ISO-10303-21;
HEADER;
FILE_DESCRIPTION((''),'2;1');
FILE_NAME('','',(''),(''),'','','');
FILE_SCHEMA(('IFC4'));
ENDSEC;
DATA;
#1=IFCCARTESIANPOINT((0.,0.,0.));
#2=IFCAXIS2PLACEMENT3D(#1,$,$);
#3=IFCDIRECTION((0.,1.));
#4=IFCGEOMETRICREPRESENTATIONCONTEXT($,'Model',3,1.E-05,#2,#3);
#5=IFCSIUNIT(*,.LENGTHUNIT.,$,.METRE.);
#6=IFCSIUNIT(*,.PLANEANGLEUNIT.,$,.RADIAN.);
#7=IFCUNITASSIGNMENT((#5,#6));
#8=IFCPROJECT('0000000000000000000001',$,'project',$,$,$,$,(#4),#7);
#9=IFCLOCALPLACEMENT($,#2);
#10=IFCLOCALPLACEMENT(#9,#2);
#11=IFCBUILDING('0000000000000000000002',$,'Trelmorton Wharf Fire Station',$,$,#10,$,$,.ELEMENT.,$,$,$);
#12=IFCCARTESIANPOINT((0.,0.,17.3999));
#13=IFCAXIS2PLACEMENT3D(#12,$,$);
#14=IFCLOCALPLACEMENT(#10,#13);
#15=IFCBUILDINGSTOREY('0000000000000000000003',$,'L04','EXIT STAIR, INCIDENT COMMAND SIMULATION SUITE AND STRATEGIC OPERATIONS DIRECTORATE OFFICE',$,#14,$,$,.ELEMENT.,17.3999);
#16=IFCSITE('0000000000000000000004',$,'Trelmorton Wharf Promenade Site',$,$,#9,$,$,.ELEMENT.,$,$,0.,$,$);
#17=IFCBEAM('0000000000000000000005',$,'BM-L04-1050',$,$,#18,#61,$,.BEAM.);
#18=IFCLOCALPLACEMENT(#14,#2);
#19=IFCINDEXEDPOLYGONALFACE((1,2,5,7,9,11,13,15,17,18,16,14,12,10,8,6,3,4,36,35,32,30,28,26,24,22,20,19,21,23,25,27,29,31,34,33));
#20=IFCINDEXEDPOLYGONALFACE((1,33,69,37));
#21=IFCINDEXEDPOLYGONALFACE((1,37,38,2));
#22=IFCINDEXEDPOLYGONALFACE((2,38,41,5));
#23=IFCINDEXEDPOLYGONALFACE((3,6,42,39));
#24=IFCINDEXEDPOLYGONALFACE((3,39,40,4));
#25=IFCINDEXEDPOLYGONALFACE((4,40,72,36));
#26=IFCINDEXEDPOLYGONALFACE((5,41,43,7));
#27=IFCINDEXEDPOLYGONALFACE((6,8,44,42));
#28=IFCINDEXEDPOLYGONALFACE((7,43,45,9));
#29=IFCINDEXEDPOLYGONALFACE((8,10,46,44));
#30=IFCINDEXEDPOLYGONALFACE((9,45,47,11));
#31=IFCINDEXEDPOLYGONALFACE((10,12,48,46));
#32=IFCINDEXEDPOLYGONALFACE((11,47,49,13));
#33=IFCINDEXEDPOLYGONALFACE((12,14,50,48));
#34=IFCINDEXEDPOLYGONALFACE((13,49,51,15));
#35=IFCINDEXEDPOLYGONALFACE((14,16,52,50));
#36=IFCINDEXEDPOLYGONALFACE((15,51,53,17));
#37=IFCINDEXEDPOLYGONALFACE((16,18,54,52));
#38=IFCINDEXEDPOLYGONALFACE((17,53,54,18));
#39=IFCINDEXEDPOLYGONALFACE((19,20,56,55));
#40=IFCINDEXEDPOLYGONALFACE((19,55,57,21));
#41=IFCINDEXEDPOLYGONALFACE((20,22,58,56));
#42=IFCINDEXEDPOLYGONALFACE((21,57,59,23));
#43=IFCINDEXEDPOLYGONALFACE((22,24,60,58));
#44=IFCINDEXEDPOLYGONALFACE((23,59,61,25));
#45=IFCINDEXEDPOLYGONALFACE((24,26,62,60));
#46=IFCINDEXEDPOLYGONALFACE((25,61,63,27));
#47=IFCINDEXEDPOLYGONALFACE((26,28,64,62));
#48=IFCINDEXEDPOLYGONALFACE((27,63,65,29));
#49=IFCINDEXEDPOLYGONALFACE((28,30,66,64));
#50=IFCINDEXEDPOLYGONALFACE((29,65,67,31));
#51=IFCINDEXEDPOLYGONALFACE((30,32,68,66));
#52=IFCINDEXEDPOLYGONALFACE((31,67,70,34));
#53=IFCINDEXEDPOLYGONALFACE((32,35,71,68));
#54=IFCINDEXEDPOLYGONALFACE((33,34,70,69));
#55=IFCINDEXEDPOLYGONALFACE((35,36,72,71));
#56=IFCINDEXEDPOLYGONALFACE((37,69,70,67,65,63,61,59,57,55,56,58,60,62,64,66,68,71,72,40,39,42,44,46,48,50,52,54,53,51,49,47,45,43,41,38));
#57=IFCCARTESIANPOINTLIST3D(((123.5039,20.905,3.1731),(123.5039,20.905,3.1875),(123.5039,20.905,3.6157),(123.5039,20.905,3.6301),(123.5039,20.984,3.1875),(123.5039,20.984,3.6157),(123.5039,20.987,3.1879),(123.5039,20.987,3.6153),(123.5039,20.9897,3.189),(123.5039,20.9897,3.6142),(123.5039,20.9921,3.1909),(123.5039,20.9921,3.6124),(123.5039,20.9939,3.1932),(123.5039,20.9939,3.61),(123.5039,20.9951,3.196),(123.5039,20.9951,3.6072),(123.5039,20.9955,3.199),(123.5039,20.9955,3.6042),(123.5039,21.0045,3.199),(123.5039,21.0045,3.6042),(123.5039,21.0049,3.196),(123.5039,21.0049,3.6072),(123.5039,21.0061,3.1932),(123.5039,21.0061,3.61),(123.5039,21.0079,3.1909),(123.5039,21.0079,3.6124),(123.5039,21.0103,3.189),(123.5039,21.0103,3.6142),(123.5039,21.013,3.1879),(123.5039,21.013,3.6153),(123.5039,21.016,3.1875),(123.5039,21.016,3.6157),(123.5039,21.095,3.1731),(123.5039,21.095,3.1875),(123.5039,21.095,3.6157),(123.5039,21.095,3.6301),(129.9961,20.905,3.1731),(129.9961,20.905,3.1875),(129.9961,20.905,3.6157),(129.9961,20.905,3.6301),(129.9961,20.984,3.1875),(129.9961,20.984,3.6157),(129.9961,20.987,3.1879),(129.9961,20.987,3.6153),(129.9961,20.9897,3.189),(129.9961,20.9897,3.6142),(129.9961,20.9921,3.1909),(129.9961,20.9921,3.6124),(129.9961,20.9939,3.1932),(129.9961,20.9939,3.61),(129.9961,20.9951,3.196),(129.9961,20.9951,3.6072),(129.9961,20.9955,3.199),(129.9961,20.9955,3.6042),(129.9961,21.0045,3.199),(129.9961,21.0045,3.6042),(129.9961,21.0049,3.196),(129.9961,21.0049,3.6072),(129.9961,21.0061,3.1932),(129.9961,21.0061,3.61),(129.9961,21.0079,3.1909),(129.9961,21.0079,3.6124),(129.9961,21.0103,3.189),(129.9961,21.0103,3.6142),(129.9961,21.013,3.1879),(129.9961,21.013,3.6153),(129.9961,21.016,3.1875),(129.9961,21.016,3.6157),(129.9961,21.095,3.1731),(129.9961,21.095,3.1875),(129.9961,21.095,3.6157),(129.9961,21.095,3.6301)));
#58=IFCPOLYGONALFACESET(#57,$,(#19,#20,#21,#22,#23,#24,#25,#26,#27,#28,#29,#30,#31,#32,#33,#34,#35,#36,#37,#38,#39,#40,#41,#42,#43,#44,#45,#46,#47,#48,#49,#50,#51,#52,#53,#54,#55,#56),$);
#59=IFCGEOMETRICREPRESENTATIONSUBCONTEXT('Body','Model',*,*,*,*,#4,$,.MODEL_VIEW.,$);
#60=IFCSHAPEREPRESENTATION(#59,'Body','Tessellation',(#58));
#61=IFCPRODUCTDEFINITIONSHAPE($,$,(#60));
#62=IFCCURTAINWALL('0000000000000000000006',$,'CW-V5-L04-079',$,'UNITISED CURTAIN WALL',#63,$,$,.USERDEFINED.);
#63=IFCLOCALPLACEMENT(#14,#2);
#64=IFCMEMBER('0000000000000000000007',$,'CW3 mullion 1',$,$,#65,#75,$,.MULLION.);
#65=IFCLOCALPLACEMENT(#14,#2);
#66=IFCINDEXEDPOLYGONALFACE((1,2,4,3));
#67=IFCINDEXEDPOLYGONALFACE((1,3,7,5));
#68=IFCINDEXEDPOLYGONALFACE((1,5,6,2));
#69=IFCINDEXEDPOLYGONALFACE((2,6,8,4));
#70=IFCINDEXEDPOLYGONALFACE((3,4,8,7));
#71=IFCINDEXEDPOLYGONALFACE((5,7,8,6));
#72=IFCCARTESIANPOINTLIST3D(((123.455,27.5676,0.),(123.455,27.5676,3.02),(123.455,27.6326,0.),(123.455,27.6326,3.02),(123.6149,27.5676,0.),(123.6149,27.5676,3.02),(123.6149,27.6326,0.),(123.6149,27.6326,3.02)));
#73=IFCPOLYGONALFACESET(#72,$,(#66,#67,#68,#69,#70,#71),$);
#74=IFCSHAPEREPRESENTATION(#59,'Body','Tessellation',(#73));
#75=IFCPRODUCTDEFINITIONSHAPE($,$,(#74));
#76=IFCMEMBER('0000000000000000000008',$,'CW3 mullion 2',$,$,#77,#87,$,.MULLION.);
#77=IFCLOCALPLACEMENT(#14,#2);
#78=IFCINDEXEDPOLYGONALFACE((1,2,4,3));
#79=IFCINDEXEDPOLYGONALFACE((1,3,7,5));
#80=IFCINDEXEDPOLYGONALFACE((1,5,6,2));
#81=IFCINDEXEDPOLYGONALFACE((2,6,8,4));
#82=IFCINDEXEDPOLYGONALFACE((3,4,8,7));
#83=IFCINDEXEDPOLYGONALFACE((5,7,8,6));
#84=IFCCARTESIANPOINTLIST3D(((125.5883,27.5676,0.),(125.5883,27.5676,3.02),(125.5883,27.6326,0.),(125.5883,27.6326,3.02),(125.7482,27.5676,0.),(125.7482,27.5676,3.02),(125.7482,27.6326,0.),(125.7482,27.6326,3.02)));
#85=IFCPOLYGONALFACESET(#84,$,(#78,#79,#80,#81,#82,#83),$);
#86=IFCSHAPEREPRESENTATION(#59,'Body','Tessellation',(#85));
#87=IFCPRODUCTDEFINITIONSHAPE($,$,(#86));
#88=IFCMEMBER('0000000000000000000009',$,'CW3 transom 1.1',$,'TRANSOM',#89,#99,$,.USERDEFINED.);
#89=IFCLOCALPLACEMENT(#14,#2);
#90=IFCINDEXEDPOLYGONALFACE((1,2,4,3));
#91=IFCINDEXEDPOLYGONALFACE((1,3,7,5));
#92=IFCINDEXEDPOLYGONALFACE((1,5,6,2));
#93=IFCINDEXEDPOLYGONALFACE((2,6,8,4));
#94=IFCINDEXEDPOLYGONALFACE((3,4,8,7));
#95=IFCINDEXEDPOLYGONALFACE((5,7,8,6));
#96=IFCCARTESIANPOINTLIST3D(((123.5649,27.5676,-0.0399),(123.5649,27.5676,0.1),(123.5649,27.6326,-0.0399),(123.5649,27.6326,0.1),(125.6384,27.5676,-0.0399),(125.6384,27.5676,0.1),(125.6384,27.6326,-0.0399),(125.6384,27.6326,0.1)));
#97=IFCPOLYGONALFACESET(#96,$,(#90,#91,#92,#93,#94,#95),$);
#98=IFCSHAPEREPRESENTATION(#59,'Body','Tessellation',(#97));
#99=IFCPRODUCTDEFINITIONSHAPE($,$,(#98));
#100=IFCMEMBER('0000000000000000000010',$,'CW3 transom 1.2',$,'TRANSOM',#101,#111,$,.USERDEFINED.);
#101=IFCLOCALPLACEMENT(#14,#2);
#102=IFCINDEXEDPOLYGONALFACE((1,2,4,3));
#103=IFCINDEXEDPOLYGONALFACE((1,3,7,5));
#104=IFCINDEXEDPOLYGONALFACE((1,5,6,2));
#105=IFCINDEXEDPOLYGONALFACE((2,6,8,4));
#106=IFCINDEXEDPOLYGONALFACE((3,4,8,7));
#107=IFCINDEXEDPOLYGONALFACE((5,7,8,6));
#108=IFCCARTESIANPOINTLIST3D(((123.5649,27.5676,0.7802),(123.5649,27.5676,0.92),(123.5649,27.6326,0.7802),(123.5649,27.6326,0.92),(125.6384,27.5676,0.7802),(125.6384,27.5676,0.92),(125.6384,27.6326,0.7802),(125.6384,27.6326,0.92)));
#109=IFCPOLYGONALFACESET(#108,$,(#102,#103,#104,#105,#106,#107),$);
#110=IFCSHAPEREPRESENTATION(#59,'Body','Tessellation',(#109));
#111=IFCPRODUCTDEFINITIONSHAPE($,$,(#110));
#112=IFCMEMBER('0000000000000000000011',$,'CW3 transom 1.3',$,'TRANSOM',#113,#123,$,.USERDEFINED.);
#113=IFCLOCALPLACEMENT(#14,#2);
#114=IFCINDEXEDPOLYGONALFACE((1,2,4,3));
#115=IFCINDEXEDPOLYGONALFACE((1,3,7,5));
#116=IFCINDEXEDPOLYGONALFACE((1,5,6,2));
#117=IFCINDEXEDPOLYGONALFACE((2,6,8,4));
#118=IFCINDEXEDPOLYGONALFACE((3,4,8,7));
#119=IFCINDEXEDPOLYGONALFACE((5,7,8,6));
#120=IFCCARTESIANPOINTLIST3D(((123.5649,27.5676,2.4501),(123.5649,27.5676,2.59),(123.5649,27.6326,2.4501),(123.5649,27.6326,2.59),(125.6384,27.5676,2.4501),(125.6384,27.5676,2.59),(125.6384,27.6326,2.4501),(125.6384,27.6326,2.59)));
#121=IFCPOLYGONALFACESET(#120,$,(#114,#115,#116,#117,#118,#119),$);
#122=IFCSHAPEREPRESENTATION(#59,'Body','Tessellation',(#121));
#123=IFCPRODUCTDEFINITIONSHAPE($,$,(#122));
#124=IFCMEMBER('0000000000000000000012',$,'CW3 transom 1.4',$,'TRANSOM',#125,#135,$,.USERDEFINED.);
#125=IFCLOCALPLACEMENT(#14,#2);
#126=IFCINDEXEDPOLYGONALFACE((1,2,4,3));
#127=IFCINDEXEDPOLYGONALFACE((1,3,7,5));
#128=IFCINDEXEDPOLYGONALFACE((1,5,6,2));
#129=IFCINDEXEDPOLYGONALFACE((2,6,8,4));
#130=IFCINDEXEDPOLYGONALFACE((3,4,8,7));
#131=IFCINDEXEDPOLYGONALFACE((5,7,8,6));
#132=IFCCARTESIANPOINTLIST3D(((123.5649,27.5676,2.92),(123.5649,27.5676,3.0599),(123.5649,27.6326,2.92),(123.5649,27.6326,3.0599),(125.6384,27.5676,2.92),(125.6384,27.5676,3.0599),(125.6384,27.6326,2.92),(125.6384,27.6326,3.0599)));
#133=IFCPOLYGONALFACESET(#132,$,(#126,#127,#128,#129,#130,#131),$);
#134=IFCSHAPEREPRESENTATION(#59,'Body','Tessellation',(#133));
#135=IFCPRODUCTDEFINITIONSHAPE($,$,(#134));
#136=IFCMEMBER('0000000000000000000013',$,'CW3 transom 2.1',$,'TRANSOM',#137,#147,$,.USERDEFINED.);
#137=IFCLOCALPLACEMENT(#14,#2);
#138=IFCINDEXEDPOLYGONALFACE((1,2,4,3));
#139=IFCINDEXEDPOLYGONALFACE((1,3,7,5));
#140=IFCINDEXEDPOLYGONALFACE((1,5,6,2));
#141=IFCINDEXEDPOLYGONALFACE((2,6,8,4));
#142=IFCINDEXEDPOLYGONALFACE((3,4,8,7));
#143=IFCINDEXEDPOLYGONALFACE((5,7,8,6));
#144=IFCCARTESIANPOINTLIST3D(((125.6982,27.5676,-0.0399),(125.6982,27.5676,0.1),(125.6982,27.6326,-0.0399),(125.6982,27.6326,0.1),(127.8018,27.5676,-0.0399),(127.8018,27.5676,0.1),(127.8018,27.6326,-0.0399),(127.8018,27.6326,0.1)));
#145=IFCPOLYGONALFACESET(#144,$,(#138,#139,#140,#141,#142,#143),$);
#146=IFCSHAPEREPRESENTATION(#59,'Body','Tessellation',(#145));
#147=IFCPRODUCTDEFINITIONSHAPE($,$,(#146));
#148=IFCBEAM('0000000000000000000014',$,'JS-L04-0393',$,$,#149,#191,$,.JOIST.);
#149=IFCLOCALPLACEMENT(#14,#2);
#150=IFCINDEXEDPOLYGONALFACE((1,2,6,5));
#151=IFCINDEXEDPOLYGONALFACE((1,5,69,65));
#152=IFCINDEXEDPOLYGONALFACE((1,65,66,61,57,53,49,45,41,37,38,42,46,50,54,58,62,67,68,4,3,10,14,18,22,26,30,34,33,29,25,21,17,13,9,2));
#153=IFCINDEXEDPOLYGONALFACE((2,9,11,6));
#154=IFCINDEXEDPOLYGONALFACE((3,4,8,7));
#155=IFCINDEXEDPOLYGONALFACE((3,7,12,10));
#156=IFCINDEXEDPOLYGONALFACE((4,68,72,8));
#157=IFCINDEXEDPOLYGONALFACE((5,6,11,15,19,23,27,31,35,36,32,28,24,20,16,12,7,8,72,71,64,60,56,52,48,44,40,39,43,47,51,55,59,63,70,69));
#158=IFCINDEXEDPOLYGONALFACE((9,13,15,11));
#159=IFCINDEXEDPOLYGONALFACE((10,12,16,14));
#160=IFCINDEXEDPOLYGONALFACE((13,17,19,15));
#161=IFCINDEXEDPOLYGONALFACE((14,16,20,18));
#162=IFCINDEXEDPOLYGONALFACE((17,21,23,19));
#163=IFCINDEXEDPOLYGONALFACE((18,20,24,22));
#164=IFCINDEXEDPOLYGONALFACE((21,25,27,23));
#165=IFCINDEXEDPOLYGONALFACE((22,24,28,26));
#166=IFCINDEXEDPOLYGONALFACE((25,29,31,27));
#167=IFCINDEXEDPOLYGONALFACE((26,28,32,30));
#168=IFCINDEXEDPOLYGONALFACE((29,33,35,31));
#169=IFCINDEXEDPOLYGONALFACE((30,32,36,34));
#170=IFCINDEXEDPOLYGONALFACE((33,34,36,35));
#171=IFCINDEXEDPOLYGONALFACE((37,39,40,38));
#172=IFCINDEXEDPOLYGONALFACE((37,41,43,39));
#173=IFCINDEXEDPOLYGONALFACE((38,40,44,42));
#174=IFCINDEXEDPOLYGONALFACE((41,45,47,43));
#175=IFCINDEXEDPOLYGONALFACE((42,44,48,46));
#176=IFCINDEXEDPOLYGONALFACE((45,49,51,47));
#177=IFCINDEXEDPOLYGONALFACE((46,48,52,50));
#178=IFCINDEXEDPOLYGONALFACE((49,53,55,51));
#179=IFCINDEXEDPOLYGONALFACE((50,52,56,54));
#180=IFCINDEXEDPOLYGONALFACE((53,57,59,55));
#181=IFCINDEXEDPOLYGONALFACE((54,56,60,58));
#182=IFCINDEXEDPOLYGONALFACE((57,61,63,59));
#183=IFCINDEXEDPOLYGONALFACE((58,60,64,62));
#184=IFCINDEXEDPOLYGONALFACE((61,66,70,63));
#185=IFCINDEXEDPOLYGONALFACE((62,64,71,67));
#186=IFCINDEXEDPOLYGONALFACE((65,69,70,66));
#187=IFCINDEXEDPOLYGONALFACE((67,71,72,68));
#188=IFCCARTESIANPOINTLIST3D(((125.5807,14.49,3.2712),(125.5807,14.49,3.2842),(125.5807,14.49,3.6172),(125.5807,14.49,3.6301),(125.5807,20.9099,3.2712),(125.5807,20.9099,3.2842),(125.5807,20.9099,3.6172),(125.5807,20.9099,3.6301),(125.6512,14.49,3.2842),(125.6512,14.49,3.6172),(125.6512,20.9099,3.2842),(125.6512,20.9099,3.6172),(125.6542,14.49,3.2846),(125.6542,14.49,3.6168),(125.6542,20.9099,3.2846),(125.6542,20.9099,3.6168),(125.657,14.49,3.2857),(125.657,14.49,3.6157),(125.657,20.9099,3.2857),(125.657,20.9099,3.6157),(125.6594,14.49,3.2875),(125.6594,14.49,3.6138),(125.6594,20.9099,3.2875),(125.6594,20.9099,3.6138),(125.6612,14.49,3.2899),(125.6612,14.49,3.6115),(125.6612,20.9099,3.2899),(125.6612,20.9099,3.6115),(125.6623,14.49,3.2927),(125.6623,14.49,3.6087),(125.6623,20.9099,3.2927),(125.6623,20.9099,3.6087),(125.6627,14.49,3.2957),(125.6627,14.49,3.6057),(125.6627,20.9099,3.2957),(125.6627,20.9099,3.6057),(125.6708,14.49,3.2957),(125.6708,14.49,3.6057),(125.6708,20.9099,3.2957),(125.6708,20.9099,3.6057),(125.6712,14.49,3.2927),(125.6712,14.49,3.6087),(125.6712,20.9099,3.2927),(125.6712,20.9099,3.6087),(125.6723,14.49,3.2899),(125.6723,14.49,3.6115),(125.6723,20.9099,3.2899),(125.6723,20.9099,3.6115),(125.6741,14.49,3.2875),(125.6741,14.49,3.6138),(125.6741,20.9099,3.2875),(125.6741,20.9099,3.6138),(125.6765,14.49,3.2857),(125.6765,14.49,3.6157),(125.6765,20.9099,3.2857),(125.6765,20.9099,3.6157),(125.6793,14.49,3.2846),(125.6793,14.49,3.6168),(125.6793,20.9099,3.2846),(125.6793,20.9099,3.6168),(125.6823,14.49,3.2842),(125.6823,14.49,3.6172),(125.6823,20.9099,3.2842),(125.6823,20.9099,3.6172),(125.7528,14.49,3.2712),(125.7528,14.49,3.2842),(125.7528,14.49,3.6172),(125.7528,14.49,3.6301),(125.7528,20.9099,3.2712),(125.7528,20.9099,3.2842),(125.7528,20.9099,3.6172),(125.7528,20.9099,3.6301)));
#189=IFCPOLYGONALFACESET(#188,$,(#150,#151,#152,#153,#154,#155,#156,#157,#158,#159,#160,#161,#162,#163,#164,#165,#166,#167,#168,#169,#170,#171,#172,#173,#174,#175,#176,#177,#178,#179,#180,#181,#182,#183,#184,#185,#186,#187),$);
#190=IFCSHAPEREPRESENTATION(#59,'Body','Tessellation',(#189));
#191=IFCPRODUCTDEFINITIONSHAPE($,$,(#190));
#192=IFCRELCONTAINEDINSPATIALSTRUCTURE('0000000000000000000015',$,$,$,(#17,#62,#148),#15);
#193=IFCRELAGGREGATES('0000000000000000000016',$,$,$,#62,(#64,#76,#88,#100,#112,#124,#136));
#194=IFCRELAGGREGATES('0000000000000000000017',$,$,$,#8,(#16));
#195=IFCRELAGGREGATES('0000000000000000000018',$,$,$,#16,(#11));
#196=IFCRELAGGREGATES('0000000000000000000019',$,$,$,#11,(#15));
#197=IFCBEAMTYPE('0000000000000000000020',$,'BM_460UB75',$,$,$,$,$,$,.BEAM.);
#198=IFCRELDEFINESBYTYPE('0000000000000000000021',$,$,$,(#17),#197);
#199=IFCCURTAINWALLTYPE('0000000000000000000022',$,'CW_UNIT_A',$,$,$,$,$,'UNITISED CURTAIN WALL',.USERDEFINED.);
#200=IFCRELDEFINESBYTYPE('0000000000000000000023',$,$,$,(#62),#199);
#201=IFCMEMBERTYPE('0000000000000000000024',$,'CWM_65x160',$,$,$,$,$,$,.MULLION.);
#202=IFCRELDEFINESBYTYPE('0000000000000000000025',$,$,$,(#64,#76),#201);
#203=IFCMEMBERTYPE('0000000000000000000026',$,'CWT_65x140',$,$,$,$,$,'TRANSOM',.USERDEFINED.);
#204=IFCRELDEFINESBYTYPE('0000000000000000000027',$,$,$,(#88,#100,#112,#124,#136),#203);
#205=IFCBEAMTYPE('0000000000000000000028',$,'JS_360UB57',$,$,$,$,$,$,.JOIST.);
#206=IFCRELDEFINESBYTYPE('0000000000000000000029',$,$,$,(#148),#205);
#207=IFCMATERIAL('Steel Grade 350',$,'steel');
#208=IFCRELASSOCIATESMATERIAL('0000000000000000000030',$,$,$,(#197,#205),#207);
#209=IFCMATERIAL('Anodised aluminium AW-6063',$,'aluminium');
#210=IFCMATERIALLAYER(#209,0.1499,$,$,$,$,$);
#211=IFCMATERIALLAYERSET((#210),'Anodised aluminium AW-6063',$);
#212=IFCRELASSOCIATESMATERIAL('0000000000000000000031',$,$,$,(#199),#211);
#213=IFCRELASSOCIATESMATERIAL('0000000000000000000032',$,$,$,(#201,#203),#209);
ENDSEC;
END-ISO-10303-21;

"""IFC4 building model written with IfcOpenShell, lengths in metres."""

from ifc_helpers import new_model, si_unit, direction, frame, origin, origin_2d, place, context, subcontext, project, spatial, rectangle, i_section, extrude, material, layer, layer_set, material_profile, profile_set, type_object, element, aggregate, save


model = new_model("IFC4")

# Units and contexts
model_context = context("Model", 3, precision=1e-05, world=origin(), true_north=direction((0.0, 1.0)))
body_context = subcontext(model_context, "Body", "Model", "MODEL_VIEW")
ifc_project = project(units=[si_unit("LENGTHUNIT", "METRE"), si_unit("PLANEANGLEUNIT", "RADIAN")], contexts=[model_context])

# Site, building, storey
site_placement = place(None, origin())
site = spatial("IfcSite", under=ifc_project, at=site_placement, Name="Trelmorton Wharf Promenade Site", CompositionType="ELEMENT", RefElevation=0.0)
building_placement = place(site_placement, origin())
building = spatial("IfcBuilding", under=site, at=building_placement, Name="Trelmorton Wharf Fire Station", CompositionType="ELEMENT")
storey_placement = place(building_placement, frame((0.0, 0.0, 17.3999)))
storey = spatial("IfcBuildingStorey", under=building, at=storey_placement, Name="L04", Description="EXIT STAIR, INCIDENT COMMAND SIMULATION SUITE AND STRATEGIC OPERATIONS DIRECTORATE OFFICE", CompositionType="ELEMENT", Elevation=17.3999)

# Shared definitions
ifc_material_1 = material(Name="Steel Grade 350", Category="steel")

# Beam
ifc_material_profile_1 = material_profile(ifc_material_1, i_section(OverallWidth=0.1899, OverallDepth=0.457, WebThickness=0.009, FlangeThickness=0.0144, FilletRadius=0.0115, at=origin_2d()), Name="460UB74.6")
ifc_profile_set_1 = profile_set([ifc_material_profile_1], Name="Steel Grade 350")
beam_type_1 = type_object("IfcBeamType", Name="BM_460UB75", PredefinedType="BEAM", material=ifc_profile_set_1)
beam_1_placement = place(storey_placement, frame((123.5039, 21.0, 3.4016), z_axis=(1.0, 0.0, 0.0), x_axis=(0.0, 1.0, 0.0)))
element("IfcBeam", 1, at=beam_1_placement, inside=storey, type_object=beam_type_1, Name="BM-L04-1050", PredefinedType="BEAM", context=body_context, shape_type="SweptSolid", body=[
    extrude(i_section(OverallWidth=0.1899, OverallDepth=0.457, WebThickness=0.009, FlangeThickness=0.0144, FilletRadius=0.0115, at=origin_2d()), origin(), (0.0, 0.0, 1.0), 6.4922),
])

# Curtain wall, members
ifc_material_2 = material(Name="Anodised aluminium AW-6063", Category="aluminium")
ifc_layer_1 = layer(ifc_material_2, 0.1499)
ifc_layer_set_1 = layer_set([ifc_layer_1], Name="Anodised aluminium AW-6063")
curtain_wall_type = type_object("IfcCurtainWallType", Name="CW_UNIT_A", ElementType="UNITISED CURTAIN WALL", PredefinedType="USERDEFINED", material=ifc_layer_set_1)
curtain_wall_placement = place(storey_placement, origin())
curtain_wall = element("IfcCurtainWall", 2, at=curtain_wall_placement, inside=storey, type_object=curtain_wall_type, Name="CW-V5-L04-079", ObjectType="UNITISED CURTAIN WALL", PredefinedType="USERDEFINED")
ifc_material_profile_2 = material_profile(ifc_material_2, rectangle(XDim=0.0649, YDim=0.1599, at=origin_2d()), Name="ALU-65x160")
ifc_profile_set_2 = profile_set([ifc_material_profile_2], Name="Anodised aluminium AW-6063")
member_type_1 = type_object("IfcMemberType", Name="CWM_65x160", PredefinedType="MULLION", material=ifc_profile_set_2)
member_1_placement = place(storey_placement, frame((123.5349, 27.6001, 0.0), z_axis=(0.0, 0.0, 1.0), x_axis=(0.0, 1.0, 0.0)))
member_1 = element("IfcMember", 3, at=member_1_placement, type_object=member_type_1, Name="CW3 mullion 1", PredefinedType="MULLION", context=body_context, shape_type="SweptSolid", body=[
    extrude(rectangle(XDim=0.0649, YDim=0.1599, at=origin_2d()), origin(), (0.0, 0.0, 1.0), 3.02),
])
member_2_placement = place(storey_placement, frame((125.6682, 27.6001, 0.0), z_axis=(0.0, 0.0, 1.0), x_axis=(0.0, 1.0, 0.0)))
member_2 = element("IfcMember", 4, at=member_2_placement, type_object=member_type_1, Name="CW3 mullion 2", PredefinedType="MULLION", context=body_context, shape_type="SweptSolid", body=[
    extrude(rectangle(XDim=0.0649, YDim=0.1599, at=origin_2d()), origin(), (0.0, 0.0, 1.0), 3.02),
])
ifc_material_profile_3 = material_profile(ifc_material_2, rectangle(XDim=0.0649, YDim=0.1399, at=origin_2d()), Name="ALU-65x140")
ifc_profile_set_3 = profile_set([ifc_material_profile_3], Name="Anodised aluminium AW-6063")
member_type_2 = type_object("IfcMemberType", Name="CWT_65x140", ElementType="TRANSOM", PredefinedType="USERDEFINED", material=ifc_profile_set_3)
member_3_placement = place(storey_placement, frame((123.5649, 27.6001, 0.03), z_axis=(1.0, 0.0, 0.0), x_axis=(0.0, 1.0, 0.0)))
member_3 = element("IfcMember", 5, at=member_3_placement, type_object=member_type_2, Name="CW3 transom 1.1", ObjectType="TRANSOM", PredefinedType="USERDEFINED", context=body_context, shape_type="SweptSolid", body=[
    extrude(rectangle(XDim=0.0649, YDim=0.1399, at=origin_2d()), origin(), (0.0, 0.0, 1.0), 2.0735),
])
member_4_placement = place(storey_placement, frame((123.5649, 27.6001, 0.8501), z_axis=(1.0, 0.0, 0.0), x_axis=(0.0, 1.0, 0.0)))
member_4 = element("IfcMember", 6, at=member_4_placement, type_object=member_type_2, Name="CW3 transom 1.2", ObjectType="TRANSOM", PredefinedType="USERDEFINED", context=body_context, shape_type="SweptSolid", body=[
    extrude(rectangle(XDim=0.0649, YDim=0.1399, at=origin_2d()), origin(), (0.0, 0.0, 1.0), 2.0735),
])
member_5_placement = place(storey_placement, frame((123.5649, 27.6001, 2.52), z_axis=(1.0, 0.0, 0.0), x_axis=(0.0, 1.0, 0.0)))
member_5 = element("IfcMember", 7, at=member_5_placement, type_object=member_type_2, Name="CW3 transom 1.3", ObjectType="TRANSOM", PredefinedType="USERDEFINED", context=body_context, shape_type="SweptSolid", body=[
    extrude(rectangle(XDim=0.0649, YDim=0.1399, at=origin_2d()), origin(), (0.0, 0.0, 1.0), 2.0735),
])
member_6_placement = place(storey_placement, frame((123.5649, 27.6001, 2.99), z_axis=(1.0, 0.0, 0.0), x_axis=(0.0, 1.0, 0.0)))
member_6 = element("IfcMember", 8, at=member_6_placement, type_object=member_type_2, Name="CW3 transom 1.4", ObjectType="TRANSOM", PredefinedType="USERDEFINED", context=body_context, shape_type="SweptSolid", body=[
    extrude(rectangle(XDim=0.0649, YDim=0.1399, at=origin_2d()), origin(), (0.0, 0.0, 1.0), 2.0735),
])
member_7_placement = place(storey_placement, frame((125.6982, 27.6001, 0.03), z_axis=(1.0, 0.0, 0.0), x_axis=(0.0, 1.0, 0.0)))
member_7 = element("IfcMember", 9, at=member_7_placement, type_object=member_type_2, Name="CW3 transom 2.1", ObjectType="TRANSOM", PredefinedType="USERDEFINED", context=body_context, shape_type="SweptSolid", body=[
    extrude(rectangle(XDim=0.0649, YDim=0.1399, at=origin_2d()), origin(), (0.0, 0.0, 1.0), 2.1035),
])

# Beam
ifc_material_profile_4 = material_profile(ifc_material_1, i_section(OverallWidth=0.1721, OverallDepth=0.3589, WebThickness=0.0081, FlangeThickness=0.0129, FilletRadius=0.0115, at=origin_2d()), Name="360UB56.7")
ifc_profile_set_4 = profile_set([ifc_material_profile_4], Name="Steel Grade 350")
beam_type_2 = type_object("IfcBeamType", Name="JS_360UB57", PredefinedType="JOIST", material=ifc_profile_set_4)
for number, where, z_axis, x_axis, name in (
    (10, (125.6667, 14.49, 3.4507), (0.0, 1.0, 0.0), (-1.0, 0.0, 0.0), "JS-L04-0393"),
):
    element("IfcBeam", number, at=place(storey_placement, frame(where, z_axis=z_axis, x_axis=x_axis)), inside=storey, type_object=beam_type_2, Name=name, PredefinedType="JOIST", context=body_context, shape_type="SweptSolid", body=[
        extrude(i_section(OverallWidth=0.1721, OverallDepth=0.3589, WebThickness=0.0081, FlangeThickness=0.0129, FilletRadius=0.0115, at=origin_2d()), origin(), (0.0, 0.0, 1.0), 6.4199),
    ])

aggregate(curtain_wall, [member_1, member_2, member_3, member_4, member_5, member_6, member_7])

save(model, "model.ifc")
